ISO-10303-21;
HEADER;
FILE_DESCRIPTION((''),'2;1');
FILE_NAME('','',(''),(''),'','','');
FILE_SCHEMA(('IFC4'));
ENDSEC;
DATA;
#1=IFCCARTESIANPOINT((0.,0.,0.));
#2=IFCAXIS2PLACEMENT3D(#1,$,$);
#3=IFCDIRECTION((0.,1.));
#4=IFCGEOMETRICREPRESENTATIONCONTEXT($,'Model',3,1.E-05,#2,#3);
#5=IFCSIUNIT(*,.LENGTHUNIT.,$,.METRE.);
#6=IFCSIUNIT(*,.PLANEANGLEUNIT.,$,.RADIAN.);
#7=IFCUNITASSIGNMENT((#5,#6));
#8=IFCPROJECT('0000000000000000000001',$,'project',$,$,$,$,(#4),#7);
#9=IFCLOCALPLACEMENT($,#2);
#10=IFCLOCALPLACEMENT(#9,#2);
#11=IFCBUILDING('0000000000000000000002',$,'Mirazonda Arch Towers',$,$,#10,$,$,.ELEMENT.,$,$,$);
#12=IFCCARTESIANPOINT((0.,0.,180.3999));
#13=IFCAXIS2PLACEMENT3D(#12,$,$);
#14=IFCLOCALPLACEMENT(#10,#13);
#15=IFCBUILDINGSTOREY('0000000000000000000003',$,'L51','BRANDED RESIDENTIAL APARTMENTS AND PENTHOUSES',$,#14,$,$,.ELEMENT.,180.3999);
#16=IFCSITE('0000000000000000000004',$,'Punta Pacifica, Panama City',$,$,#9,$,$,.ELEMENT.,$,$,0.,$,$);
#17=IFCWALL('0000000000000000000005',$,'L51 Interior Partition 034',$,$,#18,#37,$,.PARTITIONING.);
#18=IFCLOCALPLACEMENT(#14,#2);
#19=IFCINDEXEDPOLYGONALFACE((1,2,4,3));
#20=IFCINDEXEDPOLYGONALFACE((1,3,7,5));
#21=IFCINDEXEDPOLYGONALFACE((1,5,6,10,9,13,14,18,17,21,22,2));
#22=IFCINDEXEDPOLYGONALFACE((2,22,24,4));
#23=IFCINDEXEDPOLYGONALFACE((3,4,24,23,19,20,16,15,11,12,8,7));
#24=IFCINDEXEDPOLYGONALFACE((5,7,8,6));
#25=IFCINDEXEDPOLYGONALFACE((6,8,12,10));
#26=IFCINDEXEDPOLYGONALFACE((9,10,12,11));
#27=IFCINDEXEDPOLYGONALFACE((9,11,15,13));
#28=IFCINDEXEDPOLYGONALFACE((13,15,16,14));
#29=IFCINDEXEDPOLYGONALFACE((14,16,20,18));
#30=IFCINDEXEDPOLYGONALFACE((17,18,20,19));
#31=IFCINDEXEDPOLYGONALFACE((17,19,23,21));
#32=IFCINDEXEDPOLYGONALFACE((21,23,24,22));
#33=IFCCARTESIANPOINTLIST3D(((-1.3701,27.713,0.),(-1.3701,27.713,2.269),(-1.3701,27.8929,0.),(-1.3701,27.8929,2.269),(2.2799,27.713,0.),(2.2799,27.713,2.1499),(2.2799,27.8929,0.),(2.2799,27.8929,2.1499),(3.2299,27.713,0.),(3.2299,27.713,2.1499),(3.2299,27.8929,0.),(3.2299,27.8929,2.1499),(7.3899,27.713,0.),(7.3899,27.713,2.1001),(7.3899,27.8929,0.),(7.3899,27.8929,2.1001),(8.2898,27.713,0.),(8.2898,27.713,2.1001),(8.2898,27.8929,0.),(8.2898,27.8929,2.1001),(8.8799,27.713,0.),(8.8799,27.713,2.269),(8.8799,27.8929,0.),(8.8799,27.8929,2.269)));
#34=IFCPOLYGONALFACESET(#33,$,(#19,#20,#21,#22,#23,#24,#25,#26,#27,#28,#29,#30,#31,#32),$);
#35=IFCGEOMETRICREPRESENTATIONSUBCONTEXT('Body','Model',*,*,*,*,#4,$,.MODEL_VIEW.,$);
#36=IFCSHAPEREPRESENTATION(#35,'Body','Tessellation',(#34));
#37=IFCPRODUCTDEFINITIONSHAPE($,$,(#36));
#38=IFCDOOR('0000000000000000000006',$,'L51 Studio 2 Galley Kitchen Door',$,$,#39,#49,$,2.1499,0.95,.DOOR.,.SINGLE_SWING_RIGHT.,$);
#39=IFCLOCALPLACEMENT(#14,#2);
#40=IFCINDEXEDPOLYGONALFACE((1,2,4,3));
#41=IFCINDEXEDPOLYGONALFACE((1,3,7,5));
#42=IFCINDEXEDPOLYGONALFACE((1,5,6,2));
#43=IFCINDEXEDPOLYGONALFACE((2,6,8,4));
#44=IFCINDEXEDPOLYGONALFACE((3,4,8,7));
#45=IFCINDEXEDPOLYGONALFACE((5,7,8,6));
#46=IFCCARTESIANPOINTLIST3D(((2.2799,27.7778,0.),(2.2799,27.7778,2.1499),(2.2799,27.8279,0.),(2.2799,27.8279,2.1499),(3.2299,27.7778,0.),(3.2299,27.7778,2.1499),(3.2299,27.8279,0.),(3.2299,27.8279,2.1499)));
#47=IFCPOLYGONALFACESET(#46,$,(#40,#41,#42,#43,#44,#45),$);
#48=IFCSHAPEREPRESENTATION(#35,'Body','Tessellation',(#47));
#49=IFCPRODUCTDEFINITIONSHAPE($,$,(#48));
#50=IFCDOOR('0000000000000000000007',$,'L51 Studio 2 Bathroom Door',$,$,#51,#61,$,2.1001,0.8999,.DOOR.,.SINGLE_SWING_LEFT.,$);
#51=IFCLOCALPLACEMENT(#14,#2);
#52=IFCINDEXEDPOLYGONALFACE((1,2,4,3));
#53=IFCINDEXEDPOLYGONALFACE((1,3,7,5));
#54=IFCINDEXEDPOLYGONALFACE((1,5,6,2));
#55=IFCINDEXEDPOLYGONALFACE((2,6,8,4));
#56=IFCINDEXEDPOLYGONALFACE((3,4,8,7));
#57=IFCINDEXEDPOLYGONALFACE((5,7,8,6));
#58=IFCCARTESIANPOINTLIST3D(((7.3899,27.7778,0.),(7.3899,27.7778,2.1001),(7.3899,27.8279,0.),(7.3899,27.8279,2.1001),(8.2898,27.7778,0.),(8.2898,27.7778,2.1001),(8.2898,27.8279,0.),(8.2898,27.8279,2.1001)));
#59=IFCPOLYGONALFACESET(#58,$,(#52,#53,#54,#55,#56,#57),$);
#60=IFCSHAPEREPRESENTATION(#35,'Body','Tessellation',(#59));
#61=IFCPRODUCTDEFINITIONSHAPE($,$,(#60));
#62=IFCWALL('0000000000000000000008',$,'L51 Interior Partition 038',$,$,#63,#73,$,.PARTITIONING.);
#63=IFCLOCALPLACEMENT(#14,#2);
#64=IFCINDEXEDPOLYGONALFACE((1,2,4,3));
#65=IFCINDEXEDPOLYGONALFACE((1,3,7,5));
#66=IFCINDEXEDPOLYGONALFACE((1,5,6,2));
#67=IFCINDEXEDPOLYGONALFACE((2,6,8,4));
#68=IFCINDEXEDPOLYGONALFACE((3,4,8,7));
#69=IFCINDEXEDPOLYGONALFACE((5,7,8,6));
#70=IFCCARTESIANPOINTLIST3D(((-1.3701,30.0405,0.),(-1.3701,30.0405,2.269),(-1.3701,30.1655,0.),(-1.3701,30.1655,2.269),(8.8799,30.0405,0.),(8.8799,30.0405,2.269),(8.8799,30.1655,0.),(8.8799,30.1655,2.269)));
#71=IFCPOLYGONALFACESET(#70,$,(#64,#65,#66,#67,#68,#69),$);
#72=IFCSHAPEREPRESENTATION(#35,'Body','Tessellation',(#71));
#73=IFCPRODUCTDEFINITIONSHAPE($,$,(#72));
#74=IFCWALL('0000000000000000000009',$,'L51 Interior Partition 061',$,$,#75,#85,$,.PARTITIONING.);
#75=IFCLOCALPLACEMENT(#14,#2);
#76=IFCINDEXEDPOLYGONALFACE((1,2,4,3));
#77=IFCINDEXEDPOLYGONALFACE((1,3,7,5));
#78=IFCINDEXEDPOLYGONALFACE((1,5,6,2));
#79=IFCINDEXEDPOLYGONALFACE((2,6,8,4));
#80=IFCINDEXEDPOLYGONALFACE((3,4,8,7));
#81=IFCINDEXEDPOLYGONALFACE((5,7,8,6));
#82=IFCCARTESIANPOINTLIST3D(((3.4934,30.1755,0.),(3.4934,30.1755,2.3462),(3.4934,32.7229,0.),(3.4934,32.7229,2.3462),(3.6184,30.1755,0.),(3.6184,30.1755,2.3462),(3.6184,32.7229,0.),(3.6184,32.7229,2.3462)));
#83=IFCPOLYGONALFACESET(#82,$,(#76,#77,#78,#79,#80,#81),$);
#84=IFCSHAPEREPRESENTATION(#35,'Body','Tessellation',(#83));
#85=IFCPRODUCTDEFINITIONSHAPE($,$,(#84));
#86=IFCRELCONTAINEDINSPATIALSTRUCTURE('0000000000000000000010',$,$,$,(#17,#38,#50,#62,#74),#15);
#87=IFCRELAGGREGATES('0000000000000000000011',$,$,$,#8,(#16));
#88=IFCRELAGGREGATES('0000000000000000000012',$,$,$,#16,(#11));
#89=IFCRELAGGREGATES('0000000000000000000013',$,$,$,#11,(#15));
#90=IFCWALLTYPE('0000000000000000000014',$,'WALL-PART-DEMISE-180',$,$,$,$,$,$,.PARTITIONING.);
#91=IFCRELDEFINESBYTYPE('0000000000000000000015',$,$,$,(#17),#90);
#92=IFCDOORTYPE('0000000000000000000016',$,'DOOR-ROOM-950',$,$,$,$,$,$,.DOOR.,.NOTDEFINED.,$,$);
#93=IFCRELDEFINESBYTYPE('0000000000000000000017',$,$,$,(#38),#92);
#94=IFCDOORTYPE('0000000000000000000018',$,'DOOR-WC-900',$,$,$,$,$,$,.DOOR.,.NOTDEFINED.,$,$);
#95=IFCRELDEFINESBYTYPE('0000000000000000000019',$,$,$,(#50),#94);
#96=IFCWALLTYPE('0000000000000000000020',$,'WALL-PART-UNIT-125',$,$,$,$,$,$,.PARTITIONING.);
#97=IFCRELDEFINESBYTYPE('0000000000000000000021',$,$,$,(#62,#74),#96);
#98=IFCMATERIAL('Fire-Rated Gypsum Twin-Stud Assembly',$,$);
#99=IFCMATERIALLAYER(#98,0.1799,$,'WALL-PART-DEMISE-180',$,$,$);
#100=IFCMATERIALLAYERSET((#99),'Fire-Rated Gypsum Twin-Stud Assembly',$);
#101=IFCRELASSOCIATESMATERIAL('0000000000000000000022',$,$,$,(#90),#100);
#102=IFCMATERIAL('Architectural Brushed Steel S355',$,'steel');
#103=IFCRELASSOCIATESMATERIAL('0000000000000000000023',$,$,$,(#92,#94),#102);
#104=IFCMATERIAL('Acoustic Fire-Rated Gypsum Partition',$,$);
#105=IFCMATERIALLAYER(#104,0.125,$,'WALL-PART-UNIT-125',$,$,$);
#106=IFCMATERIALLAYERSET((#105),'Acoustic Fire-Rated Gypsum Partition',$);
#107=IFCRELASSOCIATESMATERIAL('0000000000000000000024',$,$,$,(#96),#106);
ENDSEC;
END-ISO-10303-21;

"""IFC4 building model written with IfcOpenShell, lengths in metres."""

from ifc_helpers import new_model, si_unit, direction, frame, frame_2d, origin, place, context, subcontext, project, spatial, rectangle, extrude, material, layer, layer_set, type_object, element, fill, save


model = new_model("IFC4")

# Units and contexts
model_context = context("Model", 3, precision=1e-05, world=origin(), true_north=direction((0.0, 1.0)))
body_context = subcontext(model_context, "Body", "Model", "MODEL_VIEW")
ifc_project = project(units=[si_unit("LENGTHUNIT", "METRE"), si_unit("PLANEANGLEUNIT", "RADIAN")], contexts=[model_context])

# Site, building, storey
site_placement = place(None, origin())
site = spatial("IfcSite", under=ifc_project, at=site_placement, Name="Punta Pacifica, Panama City", CompositionType="ELEMENT", RefElevation=0.0)
building_placement = place(site_placement, origin())
building = spatial("IfcBuilding", under=site, at=building_placement, Name="Mirazonda Arch Towers", CompositionType="ELEMENT")
storey_placement = place(building_placement, frame((0.0, 0.0, 180.3999)))
storey = spatial("IfcBuildingStorey", under=building, at=storey_placement, Name="L51", Description="BRANDED RESIDENTIAL APARTMENTS AND PENTHOUSES", CompositionType="ELEMENT", Elevation=180.3999)

# Wall, openings, doors
ifc_material_1 = material(Name="Fire-Rated Gypsum Twin-Stud Assembly")
ifc_layer_1 = layer(ifc_material_1, 0.1799, Name="WALL-PART-DEMISE-180")
ifc_layer_set_1 = layer_set([ifc_layer_1], Name="Fire-Rated Gypsum Twin-Stud Assembly")
wall_type_1 = type_object("IfcWallType", Name="WALL-PART-DEMISE-180", PredefinedType="PARTITIONING", material=ifc_layer_set_1)
wall_1_placement = place(storey_placement, frame((-1.3701, 27.803, 0.0), z_axis=(0.0, 0.0, 1.0), x_axis=(1.0, 0.0, 0.0)))
wall_1 = element("IfcWall", 1, at=wall_1_placement, inside=storey, type_object=wall_type_1, Name="L51 Interior Partition 034", PredefinedType="PARTITIONING", context=body_context, shape_type="SweptSolid", body=[
    extrude(rectangle(XDim=10.25, YDim=0.1799, at=frame_2d((5.125, 0.0))), origin(), (0.0, 0.0, 1.0), 2.269),
])
opening_1_placement = place(wall_1_placement, frame((3.6499, 0.0, 0.0)))
opening_1 = element("IfcOpeningElement", 2, at=opening_1_placement, cuts=wall_1, PredefinedType="OPENING", context=body_context, shape_type="SweptSolid", body=[
    extrude(rectangle(XDim=0.95, YDim=2.1499, at=frame_2d((0.4751, 1.075))), frame((0.0, 0.0999, 0.0), z_axis=(0.0, -1.0, 0.0), x_axis=(1.0, 0.0, 0.0)), (0.0, 0.0, 1.0), 0.2),
])
opening_2_placement = place(wall_1_placement, frame((8.76, 0.0, 0.0)))
opening_2 = element("IfcOpeningElement", 3, at=opening_2_placement, cuts=wall_1, PredefinedType="OPENING", context=body_context, shape_type="SweptSolid", body=[
    extrude(rectangle(XDim=0.8999, YDim=2.1001, at=frame_2d((0.45, 1.05))), frame((0.0, 0.0999, 0.0), z_axis=(0.0, -1.0, 0.0), x_axis=(1.0, 0.0, 0.0)), (0.0, 0.0, 1.0), 0.2),
])
ifc_material_2 = material(Name="Architectural Brushed Steel S355", Category="steel")
door_type_1 = type_object("IfcDoorType", Name="DOOR-ROOM-950", OperationType="NOTDEFINED", PredefinedType="DOOR", material=ifc_material_2)
door_1_placement = place(opening_1_placement, origin())
door_1 = element("IfcDoor", 4, at=door_1_placement, inside=storey, type_object=door_type_1, Name="L51 Studio 2 Galley Kitchen Door", OperationType="SINGLE_SWING_RIGHT", OverallHeight=2.1499, OverallWidth=0.95, PredefinedType="DOOR", context=body_context, shape_type="SweptSolid", body=[
    extrude(rectangle(XDim=0.95, YDim=2.1499, at=frame_2d((0.4751, 1.075))), frame((0.0, 0.0249, 0.0), z_axis=(0.0, -1.0, 0.0), x_axis=(1.0, 0.0, 0.0)), (0.0, 0.0, 1.0), 0.05),
])
fill(opening_1, door_1)
door_type_2 = type_object("IfcDoorType", Name="DOOR-WC-900", OperationType="NOTDEFINED", PredefinedType="DOOR", material=ifc_material_2)
door_2_placement = place(opening_2_placement, origin())
door_2 = element("IfcDoor", 5, at=door_2_placement, inside=storey, type_object=door_type_2, Name="L51 Studio 2 Bathroom Door", OperationType="SINGLE_SWING_LEFT", OverallHeight=2.1001, OverallWidth=0.8999, PredefinedType="DOOR", context=body_context, shape_type="SweptSolid", body=[
    extrude(rectangle(XDim=0.8999, YDim=2.1001, at=frame_2d((0.45, 1.05))), frame((0.0, 0.0249, 0.0), z_axis=(0.0, -1.0, 0.0), x_axis=(1.0, 0.0, 0.0)), (0.0, 0.0, 1.0), 0.05),
])
fill(opening_2, door_2)

# Walls
ifc_material_3 = material(Name="Acoustic Fire-Rated Gypsum Partition")
ifc_layer_2 = layer(ifc_material_3, 0.125, Name="WALL-PART-UNIT-125")
ifc_layer_set_2 = layer_set([ifc_layer_2], Name="Acoustic Fire-Rated Gypsum Partition")
wall_type_2 = type_object("IfcWallType", Name="WALL-PART-UNIT-125", PredefinedType="PARTITIONING", material=ifc_layer_set_2)
wall_2_placement = place(storey_placement, frame((-1.3701, 30.103, 0.0), z_axis=(0.0, 0.0, 1.0), x_axis=(1.0, 0.0, 0.0)))
element("IfcWall", 6, at=wall_2_placement, inside=storey, type_object=wall_type_2, Name="L51 Interior Partition 038", PredefinedType="PARTITIONING", context=body_context, shape_type="SweptSolid", body=[
    extrude(rectangle(XDim=10.25, YDim=0.125, at=frame_2d((5.125, 0.0))), origin(), (0.0, 0.0, 1.0), 2.269),
])
wall_3_placement = place(storey_placement, frame((3.5559, 30.1755, 0.0), z_axis=(0.0, 0.0, 1.0), x_axis=(0.0, 1.0, 0.0)))
element("IfcWall", 7, at=wall_3_placement, inside=storey, type_object=wall_type_2, Name="L51 Interior Partition 061", PredefinedType="PARTITIONING", context=body_context, shape_type="SweptSolid", body=[
    extrude(rectangle(XDim=2.5474, YDim=0.125, at=frame_2d((1.2737, 0.0))), origin(), (0.0, 0.0, 1.0), 2.3462),
])

save(model, "model.ifc")
